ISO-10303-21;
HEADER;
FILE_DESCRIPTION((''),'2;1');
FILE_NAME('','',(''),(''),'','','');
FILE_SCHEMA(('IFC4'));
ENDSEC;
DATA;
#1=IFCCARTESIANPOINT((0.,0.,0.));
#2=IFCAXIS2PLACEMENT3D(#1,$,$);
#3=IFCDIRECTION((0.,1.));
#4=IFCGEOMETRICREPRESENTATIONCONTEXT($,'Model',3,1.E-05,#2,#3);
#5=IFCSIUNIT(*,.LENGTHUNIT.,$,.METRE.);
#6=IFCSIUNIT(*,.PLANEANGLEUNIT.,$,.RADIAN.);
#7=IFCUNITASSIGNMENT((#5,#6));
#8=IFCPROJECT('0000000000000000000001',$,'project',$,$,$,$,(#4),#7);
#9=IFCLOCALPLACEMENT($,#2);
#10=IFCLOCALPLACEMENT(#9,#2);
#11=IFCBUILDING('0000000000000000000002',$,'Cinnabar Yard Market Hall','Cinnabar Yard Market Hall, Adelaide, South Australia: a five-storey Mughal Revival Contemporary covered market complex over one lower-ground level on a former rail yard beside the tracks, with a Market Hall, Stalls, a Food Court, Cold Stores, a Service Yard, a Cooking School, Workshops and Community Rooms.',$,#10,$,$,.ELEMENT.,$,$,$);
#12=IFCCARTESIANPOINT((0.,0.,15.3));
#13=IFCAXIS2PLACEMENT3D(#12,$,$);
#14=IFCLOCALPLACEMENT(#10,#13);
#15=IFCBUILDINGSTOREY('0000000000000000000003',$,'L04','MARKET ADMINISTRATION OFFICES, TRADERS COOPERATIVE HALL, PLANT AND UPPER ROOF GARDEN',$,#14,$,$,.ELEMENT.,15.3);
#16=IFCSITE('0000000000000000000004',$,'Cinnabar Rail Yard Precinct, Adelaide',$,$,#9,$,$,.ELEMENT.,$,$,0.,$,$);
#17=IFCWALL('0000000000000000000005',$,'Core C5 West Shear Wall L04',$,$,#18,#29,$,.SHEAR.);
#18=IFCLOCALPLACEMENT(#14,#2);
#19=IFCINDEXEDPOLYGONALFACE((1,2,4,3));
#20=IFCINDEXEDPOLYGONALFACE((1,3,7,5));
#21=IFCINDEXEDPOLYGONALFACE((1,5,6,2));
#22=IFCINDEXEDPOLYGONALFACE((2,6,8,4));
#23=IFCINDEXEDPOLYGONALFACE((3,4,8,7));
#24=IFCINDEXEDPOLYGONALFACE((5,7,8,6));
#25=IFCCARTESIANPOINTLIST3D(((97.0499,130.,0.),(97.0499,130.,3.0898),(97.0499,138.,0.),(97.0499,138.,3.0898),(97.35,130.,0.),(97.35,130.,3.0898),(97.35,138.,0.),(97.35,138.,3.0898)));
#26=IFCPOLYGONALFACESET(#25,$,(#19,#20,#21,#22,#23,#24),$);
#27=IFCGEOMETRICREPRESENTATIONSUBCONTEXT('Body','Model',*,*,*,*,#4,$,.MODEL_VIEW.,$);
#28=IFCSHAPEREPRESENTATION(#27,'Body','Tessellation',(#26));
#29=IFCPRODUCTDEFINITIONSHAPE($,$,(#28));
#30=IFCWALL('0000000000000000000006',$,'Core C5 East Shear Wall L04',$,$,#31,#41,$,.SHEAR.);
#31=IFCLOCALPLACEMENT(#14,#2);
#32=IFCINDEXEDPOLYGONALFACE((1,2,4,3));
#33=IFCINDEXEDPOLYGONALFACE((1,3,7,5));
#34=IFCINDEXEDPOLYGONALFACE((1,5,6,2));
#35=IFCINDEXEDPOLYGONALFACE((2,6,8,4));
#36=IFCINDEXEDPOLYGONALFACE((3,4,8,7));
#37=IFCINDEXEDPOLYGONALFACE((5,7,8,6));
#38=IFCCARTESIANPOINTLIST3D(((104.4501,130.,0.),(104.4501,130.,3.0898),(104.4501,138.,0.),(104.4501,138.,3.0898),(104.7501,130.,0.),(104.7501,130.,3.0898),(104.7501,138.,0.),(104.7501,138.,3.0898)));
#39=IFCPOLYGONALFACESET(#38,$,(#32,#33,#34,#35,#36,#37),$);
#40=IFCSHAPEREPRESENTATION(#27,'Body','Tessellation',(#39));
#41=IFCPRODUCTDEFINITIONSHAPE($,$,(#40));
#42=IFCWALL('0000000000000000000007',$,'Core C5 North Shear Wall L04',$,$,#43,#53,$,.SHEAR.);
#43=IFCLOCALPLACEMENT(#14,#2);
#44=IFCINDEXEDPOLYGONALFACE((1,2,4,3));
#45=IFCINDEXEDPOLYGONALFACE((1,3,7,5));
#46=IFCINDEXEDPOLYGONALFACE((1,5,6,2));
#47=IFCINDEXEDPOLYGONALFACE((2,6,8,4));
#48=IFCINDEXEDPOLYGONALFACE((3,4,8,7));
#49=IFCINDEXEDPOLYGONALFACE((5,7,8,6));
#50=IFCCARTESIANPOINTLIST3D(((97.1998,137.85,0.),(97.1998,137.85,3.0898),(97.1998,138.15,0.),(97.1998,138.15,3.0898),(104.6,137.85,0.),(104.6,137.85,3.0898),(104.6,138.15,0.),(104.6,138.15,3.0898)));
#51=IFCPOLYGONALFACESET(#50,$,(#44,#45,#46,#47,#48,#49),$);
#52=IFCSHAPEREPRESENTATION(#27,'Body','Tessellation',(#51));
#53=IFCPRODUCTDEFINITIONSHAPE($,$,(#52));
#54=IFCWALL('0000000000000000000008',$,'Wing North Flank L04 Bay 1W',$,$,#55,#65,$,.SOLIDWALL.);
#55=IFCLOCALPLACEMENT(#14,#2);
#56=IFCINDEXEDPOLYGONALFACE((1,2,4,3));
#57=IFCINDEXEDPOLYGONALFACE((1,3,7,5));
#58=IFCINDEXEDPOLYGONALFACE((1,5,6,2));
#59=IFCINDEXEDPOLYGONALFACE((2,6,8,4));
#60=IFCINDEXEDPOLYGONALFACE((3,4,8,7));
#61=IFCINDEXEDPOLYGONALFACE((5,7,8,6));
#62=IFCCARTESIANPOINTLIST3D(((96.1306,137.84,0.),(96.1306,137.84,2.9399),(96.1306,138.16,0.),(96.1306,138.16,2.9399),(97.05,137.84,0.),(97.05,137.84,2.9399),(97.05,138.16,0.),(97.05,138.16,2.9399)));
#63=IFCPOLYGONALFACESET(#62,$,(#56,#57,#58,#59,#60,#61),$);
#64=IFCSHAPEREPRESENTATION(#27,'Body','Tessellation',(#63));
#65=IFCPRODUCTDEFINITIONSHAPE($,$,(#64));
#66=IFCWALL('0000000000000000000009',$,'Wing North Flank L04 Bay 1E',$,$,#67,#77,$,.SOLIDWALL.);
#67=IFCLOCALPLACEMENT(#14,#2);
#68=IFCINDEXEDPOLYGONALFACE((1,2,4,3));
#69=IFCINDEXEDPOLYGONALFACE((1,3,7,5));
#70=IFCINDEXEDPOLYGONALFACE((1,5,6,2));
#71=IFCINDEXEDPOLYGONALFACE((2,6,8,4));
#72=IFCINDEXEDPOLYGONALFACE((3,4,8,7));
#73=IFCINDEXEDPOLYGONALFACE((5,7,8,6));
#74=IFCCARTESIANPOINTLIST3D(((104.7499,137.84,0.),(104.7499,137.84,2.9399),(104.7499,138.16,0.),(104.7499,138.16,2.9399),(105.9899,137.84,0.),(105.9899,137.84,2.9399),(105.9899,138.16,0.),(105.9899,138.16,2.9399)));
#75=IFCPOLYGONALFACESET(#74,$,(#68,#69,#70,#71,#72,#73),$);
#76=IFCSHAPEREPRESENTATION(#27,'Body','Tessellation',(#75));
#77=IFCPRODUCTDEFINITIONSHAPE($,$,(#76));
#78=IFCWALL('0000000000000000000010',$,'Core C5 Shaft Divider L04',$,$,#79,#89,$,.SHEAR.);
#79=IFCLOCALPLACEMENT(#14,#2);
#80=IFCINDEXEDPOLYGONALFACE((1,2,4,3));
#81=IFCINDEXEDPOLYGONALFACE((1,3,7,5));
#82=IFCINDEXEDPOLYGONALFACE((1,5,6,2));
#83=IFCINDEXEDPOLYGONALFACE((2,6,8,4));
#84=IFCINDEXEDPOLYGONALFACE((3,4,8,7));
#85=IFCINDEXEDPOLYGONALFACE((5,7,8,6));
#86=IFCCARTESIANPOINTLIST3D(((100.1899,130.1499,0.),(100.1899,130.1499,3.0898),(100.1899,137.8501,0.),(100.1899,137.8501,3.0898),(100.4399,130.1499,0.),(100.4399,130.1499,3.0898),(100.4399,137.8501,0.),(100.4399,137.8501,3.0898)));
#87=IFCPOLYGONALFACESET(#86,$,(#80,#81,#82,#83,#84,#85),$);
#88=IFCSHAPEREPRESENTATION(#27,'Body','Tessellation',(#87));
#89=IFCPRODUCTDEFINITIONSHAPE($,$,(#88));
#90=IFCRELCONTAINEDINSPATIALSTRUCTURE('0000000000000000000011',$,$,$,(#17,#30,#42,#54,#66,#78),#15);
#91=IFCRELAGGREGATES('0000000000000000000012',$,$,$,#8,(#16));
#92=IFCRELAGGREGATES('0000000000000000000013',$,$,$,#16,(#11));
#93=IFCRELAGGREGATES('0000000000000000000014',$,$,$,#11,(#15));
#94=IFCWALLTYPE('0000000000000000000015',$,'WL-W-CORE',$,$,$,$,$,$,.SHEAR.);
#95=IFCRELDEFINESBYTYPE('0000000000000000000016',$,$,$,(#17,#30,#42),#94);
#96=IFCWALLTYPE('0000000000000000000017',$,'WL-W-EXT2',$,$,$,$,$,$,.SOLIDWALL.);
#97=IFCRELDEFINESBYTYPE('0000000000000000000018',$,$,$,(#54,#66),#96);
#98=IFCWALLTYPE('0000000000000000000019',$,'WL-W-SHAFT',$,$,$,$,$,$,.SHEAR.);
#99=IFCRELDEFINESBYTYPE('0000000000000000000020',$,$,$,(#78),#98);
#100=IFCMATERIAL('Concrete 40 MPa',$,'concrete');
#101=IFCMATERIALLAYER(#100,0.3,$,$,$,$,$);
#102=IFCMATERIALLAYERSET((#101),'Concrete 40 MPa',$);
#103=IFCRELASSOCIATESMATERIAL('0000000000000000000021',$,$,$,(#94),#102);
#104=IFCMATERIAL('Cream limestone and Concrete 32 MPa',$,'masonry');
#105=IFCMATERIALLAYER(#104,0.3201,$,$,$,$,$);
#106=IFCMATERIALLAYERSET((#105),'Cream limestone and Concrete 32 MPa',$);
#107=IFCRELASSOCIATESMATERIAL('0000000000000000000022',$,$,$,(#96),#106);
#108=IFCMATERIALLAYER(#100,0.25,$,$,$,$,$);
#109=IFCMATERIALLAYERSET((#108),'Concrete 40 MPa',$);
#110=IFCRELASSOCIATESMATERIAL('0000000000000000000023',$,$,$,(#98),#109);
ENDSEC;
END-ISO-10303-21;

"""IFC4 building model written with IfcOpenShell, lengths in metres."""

from ifc_helpers import new_model, si_unit, direction, frame, frame_2d, origin, place, context, subcontext, project, spatial, rectangle, extrude, material, layer, layer_set, type_object, element, save


model = new_model("IFC4")

# Units and contexts
model_context = context("Model", 3, precision=1e-05, world=origin(), true_north=direction((0.0, 1.0)))
body_context = subcontext(model_context, "Body", "Model", "MODEL_VIEW")
ifc_project = project(units=[si_unit("LENGTHUNIT", "METRE"), si_unit("PLANEANGLEUNIT", "RADIAN")], contexts=[model_context])

# Site, building, storey
site_placement = place(None, origin())
site = spatial("IfcSite", under=ifc_project, at=site_placement, Name="Cinnabar Rail Yard Precinct, Adelaide", CompositionType="ELEMENT", RefElevation=0.0)
building_placement = place(site_placement, origin())
building = spatial("IfcBuilding", under=site, at=building_placement, Name="Cinnabar Yard Market Hall", Description="Cinnabar Yard Market Hall, Adelaide, South Australia: a five-storey Mughal Revival Contemporary covered market complex over one lower-ground level on a former rail yard beside the tracks, with a Market Hall, Stalls, a Food Court, Cold Stores, a Service Yard, a Cooking School, Workshops and Community Rooms.", CompositionType="ELEMENT")
storey_placement = place(building_placement, frame((0.0, 0.0, 15.3)))
storey = spatial("IfcBuildingStorey", under=building, at=storey_placement, Name="L04", Description="MARKET ADMINISTRATION OFFICES, TRADERS COOPERATIVE HALL, PLANT AND UPPER ROOF GARDEN", CompositionType="ELEMENT", Elevation=15.3)

# Walls
ifc_material_1 = material(Name="Concrete 40 MPa", Category="concrete")
ifc_layer_1 = layer(ifc_material_1, 0.3)
ifc_layer_set_1 = layer_set([ifc_layer_1], Name="Concrete 40 MPa")
wall_type_1 = type_object("IfcWallType", Name="WL-W-CORE", PredefinedType="SHEAR", material=ifc_layer_set_1)
for number, where, z_axis, x_axis, name in (
    (1, (97.2, 138.0, 0.0), (0.0, 0.0, 1.0), (0.0, -1.0, 0.0), "Core C5 West Shear Wall L04"),
    (2, (104.6001, 130.0, 0.0), (0.0, 0.0, 1.0), (0.0, 1.0, 0.0), "Core C5 East Shear Wall L04"),
):
    element("IfcWall", number, at=place(storey_placement, frame(where, z_axis=z_axis, x_axis=x_axis)), inside=storey, type_object=wall_type_1, Name=name, PredefinedType="SHEAR", context=body_context, shape_type="SweptSolid", body=[
        extrude(rectangle(XDim=8.0, YDim=0.3, at=frame_2d((4.0, 0.0), x_axis=(1.0, 0.0))), origin(), (0.0, 0.0, 1.0), 3.0898),
    ])

# Walls
wall_1_placement = place(storey_placement, frame((104.6001, 138.0, 0.0), z_axis=(0.0, 0.0, 1.0), x_axis=(-1.0, 0.0, 0.0)))
element("IfcWall", 3, at=wall_1_placement, inside=storey, type_object=wall_type_1, Name="Core C5 North Shear Wall L04", PredefinedType="SHEAR", context=body_context, shape_type="SweptSolid", body=[
    extrude(rectangle(XDim=7.4001, YDim=0.3, at=frame_2d((3.7002, 0.0), x_axis=(1.0, 0.0))), origin(), (0.0, 0.0, 1.0), 3.0898),
])
ifc_material_2 = material(Name="Cream limestone and Concrete 32 MPa", Category="masonry")
ifc_layer_2 = layer(ifc_material_2, 0.3201)
ifc_layer_set_2 = layer_set([ifc_layer_2], Name="Cream limestone and Concrete 32 MPa")
wall_type_2 = type_object("IfcWallType", Name="WL-W-EXT2", PredefinedType="SOLIDWALL", material=ifc_layer_set_2)
wall_2_placement = place(storey_placement, frame((97.05, 138.0, 0.0), z_axis=(0.0, 0.0, 1.0), x_axis=(-1.0, 0.0, 0.0)))
element("IfcWall", 4, at=wall_2_placement, inside=storey, type_object=wall_type_2, Name="Wing North Flank L04 Bay 1W", PredefinedType="SOLIDWALL", context=body_context, shape_type="SweptSolid", body=[
    extrude(rectangle(XDim=0.9194, YDim=0.3201, at=frame_2d((0.4597, 0.0), x_axis=(1.0, 0.0))), origin(), (0.0, 0.0, 1.0), 2.9399),
])
wall_3_placement = place(storey_placement, frame((105.99, 138.0, 0.0), z_axis=(0.0, 0.0, 1.0), x_axis=(-1.0, 0.0, 0.0)))
element("IfcWall", 5, at=wall_3_placement, inside=storey, type_object=wall_type_2, Name="Wing North Flank L04 Bay 1E", PredefinedType="SOLIDWALL", context=body_context, shape_type="SweptSolid", body=[
    extrude(rectangle(XDim=1.24, YDim=0.3201, at=frame_2d((0.6201, 0.0), x_axis=(1.0, 0.0))), origin(), (0.0, 0.0, 1.0), 2.9399),
])
ifc_layer_3 = layer(ifc_material_1, 0.25)
ifc_layer_set_3 = layer_set([ifc_layer_3], Name="Concrete 40 MPa")
wall_type_3 = type_object("IfcWallType", Name="WL-W-SHAFT", PredefinedType="SHEAR", material=ifc_layer_set_3)
wall_4_placement = place(storey_placement, frame((100.3149, 130.1499, 0.0), z_axis=(0.0, 0.0, 1.0), x_axis=(0.0, 1.0, 0.0)))
element("IfcWall", 6, at=wall_4_placement, inside=storey, type_object=wall_type_3, Name="Core C5 Shaft Divider L04", PredefinedType="SHEAR", context=body_context, shape_type="SweptSolid", body=[
    extrude(rectangle(XDim=7.7002, YDim=0.25, at=frame_2d((3.8501, 0.0), x_axis=(1.0, 0.0))), origin(), (0.0, 0.0, 1.0), 3.0898),
])

save(model, "model.ifc")
